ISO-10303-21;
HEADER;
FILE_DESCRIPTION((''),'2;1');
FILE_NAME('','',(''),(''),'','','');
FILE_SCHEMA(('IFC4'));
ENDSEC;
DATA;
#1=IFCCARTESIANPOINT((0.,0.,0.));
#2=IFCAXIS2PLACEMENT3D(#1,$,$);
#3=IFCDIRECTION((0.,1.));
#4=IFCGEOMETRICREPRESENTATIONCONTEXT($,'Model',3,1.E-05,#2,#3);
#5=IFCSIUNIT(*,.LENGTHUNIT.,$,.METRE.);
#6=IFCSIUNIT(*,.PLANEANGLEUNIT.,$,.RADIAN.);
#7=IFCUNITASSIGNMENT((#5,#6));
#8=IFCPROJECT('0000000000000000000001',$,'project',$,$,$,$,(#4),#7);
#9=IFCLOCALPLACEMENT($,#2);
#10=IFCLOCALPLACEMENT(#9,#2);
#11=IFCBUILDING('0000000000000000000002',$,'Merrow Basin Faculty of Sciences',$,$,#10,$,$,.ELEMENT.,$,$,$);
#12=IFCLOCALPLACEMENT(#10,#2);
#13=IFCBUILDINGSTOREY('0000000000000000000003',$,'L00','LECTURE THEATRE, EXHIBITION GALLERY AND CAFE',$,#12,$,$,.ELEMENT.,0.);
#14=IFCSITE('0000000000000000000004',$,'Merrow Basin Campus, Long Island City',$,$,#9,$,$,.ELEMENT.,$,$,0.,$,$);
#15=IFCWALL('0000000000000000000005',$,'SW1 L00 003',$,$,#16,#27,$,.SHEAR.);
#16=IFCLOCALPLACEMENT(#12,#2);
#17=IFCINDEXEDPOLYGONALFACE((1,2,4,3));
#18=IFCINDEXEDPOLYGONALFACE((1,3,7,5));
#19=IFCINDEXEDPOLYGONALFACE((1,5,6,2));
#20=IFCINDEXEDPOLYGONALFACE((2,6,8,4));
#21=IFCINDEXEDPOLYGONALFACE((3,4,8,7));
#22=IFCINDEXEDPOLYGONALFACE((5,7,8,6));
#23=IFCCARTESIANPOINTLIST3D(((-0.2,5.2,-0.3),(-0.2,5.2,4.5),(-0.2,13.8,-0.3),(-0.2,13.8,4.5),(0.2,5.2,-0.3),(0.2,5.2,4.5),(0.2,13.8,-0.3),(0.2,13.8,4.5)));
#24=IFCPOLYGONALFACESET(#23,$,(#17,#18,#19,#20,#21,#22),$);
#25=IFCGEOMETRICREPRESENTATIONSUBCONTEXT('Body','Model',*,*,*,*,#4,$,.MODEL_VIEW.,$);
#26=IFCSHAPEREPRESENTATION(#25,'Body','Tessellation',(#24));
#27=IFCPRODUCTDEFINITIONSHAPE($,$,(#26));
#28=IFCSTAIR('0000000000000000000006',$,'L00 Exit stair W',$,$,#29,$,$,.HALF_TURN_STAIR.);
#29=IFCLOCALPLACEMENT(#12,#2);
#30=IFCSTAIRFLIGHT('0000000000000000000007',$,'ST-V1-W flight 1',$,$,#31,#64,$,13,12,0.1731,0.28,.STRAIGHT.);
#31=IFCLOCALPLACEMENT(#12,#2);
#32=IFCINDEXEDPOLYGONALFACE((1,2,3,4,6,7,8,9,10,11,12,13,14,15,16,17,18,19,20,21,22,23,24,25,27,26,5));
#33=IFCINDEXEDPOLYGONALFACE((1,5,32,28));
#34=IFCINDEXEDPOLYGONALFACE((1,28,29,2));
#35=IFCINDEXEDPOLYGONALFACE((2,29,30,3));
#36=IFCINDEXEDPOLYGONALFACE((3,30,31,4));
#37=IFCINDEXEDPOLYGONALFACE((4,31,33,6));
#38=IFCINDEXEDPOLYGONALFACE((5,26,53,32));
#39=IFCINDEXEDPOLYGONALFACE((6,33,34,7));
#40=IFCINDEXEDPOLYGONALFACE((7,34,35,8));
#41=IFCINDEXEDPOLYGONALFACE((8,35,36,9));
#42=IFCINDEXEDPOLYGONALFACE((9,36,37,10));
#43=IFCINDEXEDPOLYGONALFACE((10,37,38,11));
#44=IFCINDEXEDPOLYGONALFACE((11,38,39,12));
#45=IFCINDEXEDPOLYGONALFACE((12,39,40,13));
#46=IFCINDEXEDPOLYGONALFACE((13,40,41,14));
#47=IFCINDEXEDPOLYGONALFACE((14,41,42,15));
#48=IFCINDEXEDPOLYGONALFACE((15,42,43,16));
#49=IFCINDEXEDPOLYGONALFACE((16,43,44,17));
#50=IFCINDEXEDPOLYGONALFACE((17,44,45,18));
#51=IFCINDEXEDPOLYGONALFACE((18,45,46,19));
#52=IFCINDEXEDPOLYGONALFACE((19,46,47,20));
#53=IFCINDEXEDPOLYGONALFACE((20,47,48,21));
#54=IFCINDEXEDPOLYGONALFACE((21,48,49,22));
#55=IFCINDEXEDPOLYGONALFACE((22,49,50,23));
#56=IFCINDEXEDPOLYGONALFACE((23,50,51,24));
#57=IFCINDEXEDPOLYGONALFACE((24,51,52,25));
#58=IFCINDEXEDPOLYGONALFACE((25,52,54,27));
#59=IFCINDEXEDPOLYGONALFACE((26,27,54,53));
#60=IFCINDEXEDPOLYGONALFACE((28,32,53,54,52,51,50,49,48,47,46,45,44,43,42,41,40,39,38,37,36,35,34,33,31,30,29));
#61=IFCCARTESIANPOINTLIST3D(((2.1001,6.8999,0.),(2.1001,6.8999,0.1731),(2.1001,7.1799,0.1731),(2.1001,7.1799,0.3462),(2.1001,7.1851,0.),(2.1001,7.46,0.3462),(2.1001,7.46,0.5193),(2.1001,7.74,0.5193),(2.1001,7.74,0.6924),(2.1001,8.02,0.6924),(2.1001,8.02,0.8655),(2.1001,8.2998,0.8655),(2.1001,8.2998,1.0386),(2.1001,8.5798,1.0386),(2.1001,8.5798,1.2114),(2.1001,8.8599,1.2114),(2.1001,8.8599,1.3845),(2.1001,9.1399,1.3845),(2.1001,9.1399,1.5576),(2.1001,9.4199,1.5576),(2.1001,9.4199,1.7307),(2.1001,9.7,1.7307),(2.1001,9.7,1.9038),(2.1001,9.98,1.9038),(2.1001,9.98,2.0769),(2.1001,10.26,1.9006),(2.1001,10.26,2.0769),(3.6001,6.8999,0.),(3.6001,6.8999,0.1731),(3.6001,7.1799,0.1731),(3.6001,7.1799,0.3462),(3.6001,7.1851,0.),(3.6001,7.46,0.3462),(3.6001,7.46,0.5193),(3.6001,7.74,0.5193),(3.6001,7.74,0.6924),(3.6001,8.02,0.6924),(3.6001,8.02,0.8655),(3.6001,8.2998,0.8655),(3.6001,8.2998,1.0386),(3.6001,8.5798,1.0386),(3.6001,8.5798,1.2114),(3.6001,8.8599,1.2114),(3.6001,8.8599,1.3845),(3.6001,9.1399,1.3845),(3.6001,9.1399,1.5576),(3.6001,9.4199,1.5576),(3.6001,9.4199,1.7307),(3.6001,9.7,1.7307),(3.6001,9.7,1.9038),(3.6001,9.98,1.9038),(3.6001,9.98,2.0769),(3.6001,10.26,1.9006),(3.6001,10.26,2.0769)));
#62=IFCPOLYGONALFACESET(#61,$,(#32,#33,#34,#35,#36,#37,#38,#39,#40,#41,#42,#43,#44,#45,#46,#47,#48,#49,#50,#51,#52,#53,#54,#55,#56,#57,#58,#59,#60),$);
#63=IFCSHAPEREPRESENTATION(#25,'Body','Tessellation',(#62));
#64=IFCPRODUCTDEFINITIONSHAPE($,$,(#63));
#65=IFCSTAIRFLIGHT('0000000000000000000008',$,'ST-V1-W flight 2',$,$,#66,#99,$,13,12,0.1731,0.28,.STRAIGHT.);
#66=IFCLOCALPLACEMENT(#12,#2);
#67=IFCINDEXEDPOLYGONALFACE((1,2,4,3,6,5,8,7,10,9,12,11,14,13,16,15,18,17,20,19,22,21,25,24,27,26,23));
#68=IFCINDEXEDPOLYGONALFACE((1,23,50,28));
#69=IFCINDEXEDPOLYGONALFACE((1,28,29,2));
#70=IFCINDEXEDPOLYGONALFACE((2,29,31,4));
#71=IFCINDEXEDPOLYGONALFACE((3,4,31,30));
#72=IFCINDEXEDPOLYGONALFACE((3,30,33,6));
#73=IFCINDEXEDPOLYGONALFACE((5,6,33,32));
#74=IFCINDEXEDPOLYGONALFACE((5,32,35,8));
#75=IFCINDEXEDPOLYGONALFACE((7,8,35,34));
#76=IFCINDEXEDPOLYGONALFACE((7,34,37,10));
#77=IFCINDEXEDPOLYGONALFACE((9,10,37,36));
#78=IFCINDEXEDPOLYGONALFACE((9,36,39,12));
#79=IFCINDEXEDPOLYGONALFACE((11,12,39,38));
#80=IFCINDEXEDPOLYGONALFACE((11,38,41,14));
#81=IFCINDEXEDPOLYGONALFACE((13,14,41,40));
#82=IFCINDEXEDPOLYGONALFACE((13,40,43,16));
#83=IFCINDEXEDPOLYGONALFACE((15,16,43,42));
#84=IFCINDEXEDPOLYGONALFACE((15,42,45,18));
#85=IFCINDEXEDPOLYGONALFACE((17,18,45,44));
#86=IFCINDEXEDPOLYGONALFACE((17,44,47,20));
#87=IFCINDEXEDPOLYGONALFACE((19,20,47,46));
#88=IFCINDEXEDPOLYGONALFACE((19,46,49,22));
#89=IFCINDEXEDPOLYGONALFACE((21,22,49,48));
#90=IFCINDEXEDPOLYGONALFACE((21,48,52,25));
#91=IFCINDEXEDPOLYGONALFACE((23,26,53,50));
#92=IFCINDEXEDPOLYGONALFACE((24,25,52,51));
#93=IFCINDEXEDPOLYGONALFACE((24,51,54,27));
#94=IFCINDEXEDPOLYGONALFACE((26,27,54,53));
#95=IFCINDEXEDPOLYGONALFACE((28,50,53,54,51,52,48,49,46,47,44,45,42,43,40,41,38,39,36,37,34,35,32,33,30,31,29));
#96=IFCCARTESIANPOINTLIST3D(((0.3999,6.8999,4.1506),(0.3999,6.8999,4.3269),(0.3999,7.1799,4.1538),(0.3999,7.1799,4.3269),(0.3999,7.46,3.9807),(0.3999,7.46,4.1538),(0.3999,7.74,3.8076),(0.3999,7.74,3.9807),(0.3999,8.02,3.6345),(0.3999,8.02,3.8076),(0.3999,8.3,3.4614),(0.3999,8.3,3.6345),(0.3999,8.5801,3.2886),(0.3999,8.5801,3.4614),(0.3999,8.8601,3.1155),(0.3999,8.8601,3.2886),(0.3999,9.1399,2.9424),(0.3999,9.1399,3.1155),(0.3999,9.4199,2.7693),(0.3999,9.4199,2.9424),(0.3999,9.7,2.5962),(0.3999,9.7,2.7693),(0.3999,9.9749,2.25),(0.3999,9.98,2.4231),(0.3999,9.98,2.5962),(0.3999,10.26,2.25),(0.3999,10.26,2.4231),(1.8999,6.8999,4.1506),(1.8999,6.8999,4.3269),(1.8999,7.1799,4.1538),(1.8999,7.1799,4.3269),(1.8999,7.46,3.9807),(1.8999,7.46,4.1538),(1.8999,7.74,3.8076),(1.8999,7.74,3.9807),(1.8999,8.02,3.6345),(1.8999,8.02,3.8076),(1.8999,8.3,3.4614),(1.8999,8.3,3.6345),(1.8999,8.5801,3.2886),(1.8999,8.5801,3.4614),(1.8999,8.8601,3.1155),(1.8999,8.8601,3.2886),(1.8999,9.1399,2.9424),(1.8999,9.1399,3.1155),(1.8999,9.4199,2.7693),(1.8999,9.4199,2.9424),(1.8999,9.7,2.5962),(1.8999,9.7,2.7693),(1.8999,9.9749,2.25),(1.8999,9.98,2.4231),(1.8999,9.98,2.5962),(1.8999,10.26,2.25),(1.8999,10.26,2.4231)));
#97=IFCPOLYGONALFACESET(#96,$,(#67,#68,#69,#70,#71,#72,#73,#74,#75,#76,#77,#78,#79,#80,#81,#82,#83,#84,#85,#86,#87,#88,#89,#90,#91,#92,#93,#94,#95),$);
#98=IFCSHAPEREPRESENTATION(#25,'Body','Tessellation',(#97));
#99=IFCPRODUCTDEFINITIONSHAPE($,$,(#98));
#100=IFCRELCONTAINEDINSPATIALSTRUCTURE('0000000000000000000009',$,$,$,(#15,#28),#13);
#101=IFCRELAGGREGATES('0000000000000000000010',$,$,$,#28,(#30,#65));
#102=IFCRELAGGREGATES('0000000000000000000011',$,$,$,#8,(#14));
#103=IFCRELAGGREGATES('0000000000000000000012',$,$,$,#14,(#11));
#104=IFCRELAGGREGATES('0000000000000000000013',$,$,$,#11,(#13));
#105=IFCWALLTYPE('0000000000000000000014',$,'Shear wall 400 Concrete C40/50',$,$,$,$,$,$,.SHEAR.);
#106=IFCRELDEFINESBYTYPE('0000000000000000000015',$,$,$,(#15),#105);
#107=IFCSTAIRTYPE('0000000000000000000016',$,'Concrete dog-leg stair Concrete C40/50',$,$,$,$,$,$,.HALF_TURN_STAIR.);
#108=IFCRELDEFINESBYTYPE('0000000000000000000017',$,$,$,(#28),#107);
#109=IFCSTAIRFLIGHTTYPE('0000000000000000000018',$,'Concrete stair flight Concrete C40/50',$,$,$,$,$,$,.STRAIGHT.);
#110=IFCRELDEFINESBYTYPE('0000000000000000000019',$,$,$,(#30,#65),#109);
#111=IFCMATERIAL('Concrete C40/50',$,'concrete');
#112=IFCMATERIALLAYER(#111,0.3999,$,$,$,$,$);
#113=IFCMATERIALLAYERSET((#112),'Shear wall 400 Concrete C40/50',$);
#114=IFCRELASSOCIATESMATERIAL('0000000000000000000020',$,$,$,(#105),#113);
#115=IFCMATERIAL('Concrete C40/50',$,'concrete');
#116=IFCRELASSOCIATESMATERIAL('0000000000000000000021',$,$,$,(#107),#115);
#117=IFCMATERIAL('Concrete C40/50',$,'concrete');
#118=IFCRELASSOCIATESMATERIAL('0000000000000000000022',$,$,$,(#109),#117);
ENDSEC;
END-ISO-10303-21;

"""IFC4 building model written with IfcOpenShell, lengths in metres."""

from ifc_helpers import new_model, si_unit, direction, frame, frame_2d, origin, place, context, subcontext, project, spatial, polyline, rectangle, outline, extrude, material, layer, layer_set, type_object, element, aggregate, save


model = new_model("IFC4")

# Units and contexts
model_context = context("Model", 3, precision=1e-05, world=origin(), true_north=direction((0.0, 1.0)))
body_context = subcontext(model_context, "Body", "Model", "MODEL_VIEW")
ifc_project = project(units=[si_unit("LENGTHUNIT", "METRE"), si_unit("PLANEANGLEUNIT", "RADIAN")], contexts=[model_context])

# Site, building, storey
site_placement = place(None, origin())
site = spatial("IfcSite", under=ifc_project, at=site_placement, Name="Merrow Basin Campus, Long Island City", CompositionType="ELEMENT", RefElevation=0.0)
building_placement = place(site_placement, origin())
building = spatial("IfcBuilding", under=site, at=building_placement, Name="Merrow Basin Faculty of Sciences", CompositionType="ELEMENT")
storey_placement = place(building_placement, origin())
storey = spatial("IfcBuildingStorey", under=building, at=storey_placement, Name="L00", Description="LECTURE THEATRE, EXHIBITION GALLERY AND CAFE", CompositionType="ELEMENT", Elevation=0.0)

# Shared definitions
ifc_material_1 = material(Name="Concrete C40/50", Category="concrete")
ifc_layer_1 = layer(ifc_material_1, 0.3999)
ifc_layer_set_1 = layer_set([ifc_layer_1], Name="Shear wall 400 Concrete C40/50")
wall_type_1 = type_object("IfcWallType", Name="Shear wall 400 Concrete C40/50", PredefinedType="SHEAR", material=ifc_layer_set_1)

# Wall
wall_1_placement = place(storey_placement, frame((0.0, 5.2, -0.3), z_axis=(0.0, 0.0, 1.0), x_axis=(0.0, 1.0, 0.0)))
element("IfcWall", 1, at=wall_1_placement, inside=storey, type_object=wall_type_1, Name="SW1 L00 003", PredefinedType="SHEAR", context=body_context, shape_type="SweptSolid", body=[
    extrude(rectangle(XDim=8.6001, YDim=0.3999, at=frame_2d((4.3, 0.0))), origin(), (0.0, 0.0, 1.0), 4.8),
])

# Stair, stair flights
ifc_material_2 = material(Name="Concrete C40/50", Category="concrete")
stair_type = type_object("IfcStairType", Name="Concrete dog-leg stair Concrete C40/50", PredefinedType="HALF_TURN_STAIR", material=ifc_material_2)
stair_placement = place(storey_placement, origin())
stair = element("IfcStair", 2, at=stair_placement, inside=storey, type_object=stair_type, Name="L00 Exit stair W", PredefinedType="HALF_TURN_STAIR")
ifc_material_3 = material(Name="Concrete C40/50", Category="concrete")
stair_flight_type = type_object("IfcStairFlightType", Name="Concrete stair flight Concrete C40/50", PredefinedType="STRAIGHT", material=ifc_material_3)
stair_flight_1_placement = place(storey_placement, frame((2.8501, 6.8999, 0.0), z_axis=(0.0, 0.0, 1.0), x_axis=(0.0, 1.0, 0.0)))
stair_flight_1 = element("IfcStairFlight", 3, at=stair_flight_1_placement, type_object=stair_flight_type, Name="ST-V1-W flight 1", NumberOfRisers=13, NumberOfTreads=12, PredefinedType="STRAIGHT", RiserHeight=0.1731, TreadLength=0.28, context=body_context, shape_type="SweptSolid", body=[
    extrude(outline(polyline([(0.0, 0.0), (0.0, 0.1731), (0.28, 0.1731), (0.28, 0.3462), (0.5601, 0.3462), (0.5601, 0.5193), (0.8401, 0.5193), (0.8401, 0.6924), (1.1201, 0.6924), (1.1201, 0.8655), (1.3999, 0.8655), (1.3999, 1.0386), (1.6799, 1.0386), (1.6799, 1.2114), (1.96, 1.2114), (1.96, 1.3845), (2.24, 1.3845), (2.24, 1.5576), (2.52, 1.5576), (2.52, 1.7307), (2.8, 1.7307), (2.8, 1.9038), (3.0801, 1.9038), (3.0801, 2.0769), (3.3601, 2.0769), (3.3601, 2.25), (3.3601, 1.9006), (0.2852, 0.0), (0.0, 0.0)])), frame((0.0, 0.75, 0.0), z_axis=(0.0, -1.0, 0.0), x_axis=(1.0, 0.0, 0.0)), (0.0, 0.0, 1.0), 1.5),
])
stair_flight_2_placement = place(storey_placement, frame((1.1499, 10.26, 2.25), z_axis=(0.0, 0.0, 1.0), x_axis=(0.0, -1.0, 0.0)))
stair_flight_2 = element("IfcStairFlight", 4, at=stair_flight_2_placement, type_object=stair_flight_type, Name="ST-V1-W flight 2", NumberOfRisers=13, NumberOfTreads=12, PredefinedType="STRAIGHT", RiserHeight=0.1731, TreadLength=0.28, context=body_context, shape_type="SweptSolid", body=[
    extrude(outline(polyline([(0.0, 0.0), (0.0, 0.1731), (0.28, 0.1731), (0.28, 0.3462), (0.5601, 0.3462), (0.5601, 0.5193), (0.8401, 0.5193), (0.8401, 0.6924), (1.1201, 0.6924), (1.1201, 0.8655), (1.3999, 0.8655), (1.3999, 1.0386), (1.6799, 1.0386), (1.6799, 1.2114), (1.96, 1.2114), (1.96, 1.3845), (2.24, 1.3845), (2.24, 1.5576), (2.52, 1.5576), (2.52, 1.7307), (2.8, 1.7307), (2.8, 1.9038), (3.0801, 1.9038), (3.0801, 2.0769), (3.3601, 2.0769), (3.3601, 2.25), (3.3601, 1.9006), (0.2852, 0.0), (0.0, 0.0)])), frame((0.0, 0.75, 0.0), z_axis=(0.0, -1.0, 0.0), x_axis=(1.0, 0.0, 0.0)), (0.0, 0.0, 1.0), 1.5),
])
aggregate(stair, [stair_flight_1, stair_flight_2])

save(model, "model.ifc")
